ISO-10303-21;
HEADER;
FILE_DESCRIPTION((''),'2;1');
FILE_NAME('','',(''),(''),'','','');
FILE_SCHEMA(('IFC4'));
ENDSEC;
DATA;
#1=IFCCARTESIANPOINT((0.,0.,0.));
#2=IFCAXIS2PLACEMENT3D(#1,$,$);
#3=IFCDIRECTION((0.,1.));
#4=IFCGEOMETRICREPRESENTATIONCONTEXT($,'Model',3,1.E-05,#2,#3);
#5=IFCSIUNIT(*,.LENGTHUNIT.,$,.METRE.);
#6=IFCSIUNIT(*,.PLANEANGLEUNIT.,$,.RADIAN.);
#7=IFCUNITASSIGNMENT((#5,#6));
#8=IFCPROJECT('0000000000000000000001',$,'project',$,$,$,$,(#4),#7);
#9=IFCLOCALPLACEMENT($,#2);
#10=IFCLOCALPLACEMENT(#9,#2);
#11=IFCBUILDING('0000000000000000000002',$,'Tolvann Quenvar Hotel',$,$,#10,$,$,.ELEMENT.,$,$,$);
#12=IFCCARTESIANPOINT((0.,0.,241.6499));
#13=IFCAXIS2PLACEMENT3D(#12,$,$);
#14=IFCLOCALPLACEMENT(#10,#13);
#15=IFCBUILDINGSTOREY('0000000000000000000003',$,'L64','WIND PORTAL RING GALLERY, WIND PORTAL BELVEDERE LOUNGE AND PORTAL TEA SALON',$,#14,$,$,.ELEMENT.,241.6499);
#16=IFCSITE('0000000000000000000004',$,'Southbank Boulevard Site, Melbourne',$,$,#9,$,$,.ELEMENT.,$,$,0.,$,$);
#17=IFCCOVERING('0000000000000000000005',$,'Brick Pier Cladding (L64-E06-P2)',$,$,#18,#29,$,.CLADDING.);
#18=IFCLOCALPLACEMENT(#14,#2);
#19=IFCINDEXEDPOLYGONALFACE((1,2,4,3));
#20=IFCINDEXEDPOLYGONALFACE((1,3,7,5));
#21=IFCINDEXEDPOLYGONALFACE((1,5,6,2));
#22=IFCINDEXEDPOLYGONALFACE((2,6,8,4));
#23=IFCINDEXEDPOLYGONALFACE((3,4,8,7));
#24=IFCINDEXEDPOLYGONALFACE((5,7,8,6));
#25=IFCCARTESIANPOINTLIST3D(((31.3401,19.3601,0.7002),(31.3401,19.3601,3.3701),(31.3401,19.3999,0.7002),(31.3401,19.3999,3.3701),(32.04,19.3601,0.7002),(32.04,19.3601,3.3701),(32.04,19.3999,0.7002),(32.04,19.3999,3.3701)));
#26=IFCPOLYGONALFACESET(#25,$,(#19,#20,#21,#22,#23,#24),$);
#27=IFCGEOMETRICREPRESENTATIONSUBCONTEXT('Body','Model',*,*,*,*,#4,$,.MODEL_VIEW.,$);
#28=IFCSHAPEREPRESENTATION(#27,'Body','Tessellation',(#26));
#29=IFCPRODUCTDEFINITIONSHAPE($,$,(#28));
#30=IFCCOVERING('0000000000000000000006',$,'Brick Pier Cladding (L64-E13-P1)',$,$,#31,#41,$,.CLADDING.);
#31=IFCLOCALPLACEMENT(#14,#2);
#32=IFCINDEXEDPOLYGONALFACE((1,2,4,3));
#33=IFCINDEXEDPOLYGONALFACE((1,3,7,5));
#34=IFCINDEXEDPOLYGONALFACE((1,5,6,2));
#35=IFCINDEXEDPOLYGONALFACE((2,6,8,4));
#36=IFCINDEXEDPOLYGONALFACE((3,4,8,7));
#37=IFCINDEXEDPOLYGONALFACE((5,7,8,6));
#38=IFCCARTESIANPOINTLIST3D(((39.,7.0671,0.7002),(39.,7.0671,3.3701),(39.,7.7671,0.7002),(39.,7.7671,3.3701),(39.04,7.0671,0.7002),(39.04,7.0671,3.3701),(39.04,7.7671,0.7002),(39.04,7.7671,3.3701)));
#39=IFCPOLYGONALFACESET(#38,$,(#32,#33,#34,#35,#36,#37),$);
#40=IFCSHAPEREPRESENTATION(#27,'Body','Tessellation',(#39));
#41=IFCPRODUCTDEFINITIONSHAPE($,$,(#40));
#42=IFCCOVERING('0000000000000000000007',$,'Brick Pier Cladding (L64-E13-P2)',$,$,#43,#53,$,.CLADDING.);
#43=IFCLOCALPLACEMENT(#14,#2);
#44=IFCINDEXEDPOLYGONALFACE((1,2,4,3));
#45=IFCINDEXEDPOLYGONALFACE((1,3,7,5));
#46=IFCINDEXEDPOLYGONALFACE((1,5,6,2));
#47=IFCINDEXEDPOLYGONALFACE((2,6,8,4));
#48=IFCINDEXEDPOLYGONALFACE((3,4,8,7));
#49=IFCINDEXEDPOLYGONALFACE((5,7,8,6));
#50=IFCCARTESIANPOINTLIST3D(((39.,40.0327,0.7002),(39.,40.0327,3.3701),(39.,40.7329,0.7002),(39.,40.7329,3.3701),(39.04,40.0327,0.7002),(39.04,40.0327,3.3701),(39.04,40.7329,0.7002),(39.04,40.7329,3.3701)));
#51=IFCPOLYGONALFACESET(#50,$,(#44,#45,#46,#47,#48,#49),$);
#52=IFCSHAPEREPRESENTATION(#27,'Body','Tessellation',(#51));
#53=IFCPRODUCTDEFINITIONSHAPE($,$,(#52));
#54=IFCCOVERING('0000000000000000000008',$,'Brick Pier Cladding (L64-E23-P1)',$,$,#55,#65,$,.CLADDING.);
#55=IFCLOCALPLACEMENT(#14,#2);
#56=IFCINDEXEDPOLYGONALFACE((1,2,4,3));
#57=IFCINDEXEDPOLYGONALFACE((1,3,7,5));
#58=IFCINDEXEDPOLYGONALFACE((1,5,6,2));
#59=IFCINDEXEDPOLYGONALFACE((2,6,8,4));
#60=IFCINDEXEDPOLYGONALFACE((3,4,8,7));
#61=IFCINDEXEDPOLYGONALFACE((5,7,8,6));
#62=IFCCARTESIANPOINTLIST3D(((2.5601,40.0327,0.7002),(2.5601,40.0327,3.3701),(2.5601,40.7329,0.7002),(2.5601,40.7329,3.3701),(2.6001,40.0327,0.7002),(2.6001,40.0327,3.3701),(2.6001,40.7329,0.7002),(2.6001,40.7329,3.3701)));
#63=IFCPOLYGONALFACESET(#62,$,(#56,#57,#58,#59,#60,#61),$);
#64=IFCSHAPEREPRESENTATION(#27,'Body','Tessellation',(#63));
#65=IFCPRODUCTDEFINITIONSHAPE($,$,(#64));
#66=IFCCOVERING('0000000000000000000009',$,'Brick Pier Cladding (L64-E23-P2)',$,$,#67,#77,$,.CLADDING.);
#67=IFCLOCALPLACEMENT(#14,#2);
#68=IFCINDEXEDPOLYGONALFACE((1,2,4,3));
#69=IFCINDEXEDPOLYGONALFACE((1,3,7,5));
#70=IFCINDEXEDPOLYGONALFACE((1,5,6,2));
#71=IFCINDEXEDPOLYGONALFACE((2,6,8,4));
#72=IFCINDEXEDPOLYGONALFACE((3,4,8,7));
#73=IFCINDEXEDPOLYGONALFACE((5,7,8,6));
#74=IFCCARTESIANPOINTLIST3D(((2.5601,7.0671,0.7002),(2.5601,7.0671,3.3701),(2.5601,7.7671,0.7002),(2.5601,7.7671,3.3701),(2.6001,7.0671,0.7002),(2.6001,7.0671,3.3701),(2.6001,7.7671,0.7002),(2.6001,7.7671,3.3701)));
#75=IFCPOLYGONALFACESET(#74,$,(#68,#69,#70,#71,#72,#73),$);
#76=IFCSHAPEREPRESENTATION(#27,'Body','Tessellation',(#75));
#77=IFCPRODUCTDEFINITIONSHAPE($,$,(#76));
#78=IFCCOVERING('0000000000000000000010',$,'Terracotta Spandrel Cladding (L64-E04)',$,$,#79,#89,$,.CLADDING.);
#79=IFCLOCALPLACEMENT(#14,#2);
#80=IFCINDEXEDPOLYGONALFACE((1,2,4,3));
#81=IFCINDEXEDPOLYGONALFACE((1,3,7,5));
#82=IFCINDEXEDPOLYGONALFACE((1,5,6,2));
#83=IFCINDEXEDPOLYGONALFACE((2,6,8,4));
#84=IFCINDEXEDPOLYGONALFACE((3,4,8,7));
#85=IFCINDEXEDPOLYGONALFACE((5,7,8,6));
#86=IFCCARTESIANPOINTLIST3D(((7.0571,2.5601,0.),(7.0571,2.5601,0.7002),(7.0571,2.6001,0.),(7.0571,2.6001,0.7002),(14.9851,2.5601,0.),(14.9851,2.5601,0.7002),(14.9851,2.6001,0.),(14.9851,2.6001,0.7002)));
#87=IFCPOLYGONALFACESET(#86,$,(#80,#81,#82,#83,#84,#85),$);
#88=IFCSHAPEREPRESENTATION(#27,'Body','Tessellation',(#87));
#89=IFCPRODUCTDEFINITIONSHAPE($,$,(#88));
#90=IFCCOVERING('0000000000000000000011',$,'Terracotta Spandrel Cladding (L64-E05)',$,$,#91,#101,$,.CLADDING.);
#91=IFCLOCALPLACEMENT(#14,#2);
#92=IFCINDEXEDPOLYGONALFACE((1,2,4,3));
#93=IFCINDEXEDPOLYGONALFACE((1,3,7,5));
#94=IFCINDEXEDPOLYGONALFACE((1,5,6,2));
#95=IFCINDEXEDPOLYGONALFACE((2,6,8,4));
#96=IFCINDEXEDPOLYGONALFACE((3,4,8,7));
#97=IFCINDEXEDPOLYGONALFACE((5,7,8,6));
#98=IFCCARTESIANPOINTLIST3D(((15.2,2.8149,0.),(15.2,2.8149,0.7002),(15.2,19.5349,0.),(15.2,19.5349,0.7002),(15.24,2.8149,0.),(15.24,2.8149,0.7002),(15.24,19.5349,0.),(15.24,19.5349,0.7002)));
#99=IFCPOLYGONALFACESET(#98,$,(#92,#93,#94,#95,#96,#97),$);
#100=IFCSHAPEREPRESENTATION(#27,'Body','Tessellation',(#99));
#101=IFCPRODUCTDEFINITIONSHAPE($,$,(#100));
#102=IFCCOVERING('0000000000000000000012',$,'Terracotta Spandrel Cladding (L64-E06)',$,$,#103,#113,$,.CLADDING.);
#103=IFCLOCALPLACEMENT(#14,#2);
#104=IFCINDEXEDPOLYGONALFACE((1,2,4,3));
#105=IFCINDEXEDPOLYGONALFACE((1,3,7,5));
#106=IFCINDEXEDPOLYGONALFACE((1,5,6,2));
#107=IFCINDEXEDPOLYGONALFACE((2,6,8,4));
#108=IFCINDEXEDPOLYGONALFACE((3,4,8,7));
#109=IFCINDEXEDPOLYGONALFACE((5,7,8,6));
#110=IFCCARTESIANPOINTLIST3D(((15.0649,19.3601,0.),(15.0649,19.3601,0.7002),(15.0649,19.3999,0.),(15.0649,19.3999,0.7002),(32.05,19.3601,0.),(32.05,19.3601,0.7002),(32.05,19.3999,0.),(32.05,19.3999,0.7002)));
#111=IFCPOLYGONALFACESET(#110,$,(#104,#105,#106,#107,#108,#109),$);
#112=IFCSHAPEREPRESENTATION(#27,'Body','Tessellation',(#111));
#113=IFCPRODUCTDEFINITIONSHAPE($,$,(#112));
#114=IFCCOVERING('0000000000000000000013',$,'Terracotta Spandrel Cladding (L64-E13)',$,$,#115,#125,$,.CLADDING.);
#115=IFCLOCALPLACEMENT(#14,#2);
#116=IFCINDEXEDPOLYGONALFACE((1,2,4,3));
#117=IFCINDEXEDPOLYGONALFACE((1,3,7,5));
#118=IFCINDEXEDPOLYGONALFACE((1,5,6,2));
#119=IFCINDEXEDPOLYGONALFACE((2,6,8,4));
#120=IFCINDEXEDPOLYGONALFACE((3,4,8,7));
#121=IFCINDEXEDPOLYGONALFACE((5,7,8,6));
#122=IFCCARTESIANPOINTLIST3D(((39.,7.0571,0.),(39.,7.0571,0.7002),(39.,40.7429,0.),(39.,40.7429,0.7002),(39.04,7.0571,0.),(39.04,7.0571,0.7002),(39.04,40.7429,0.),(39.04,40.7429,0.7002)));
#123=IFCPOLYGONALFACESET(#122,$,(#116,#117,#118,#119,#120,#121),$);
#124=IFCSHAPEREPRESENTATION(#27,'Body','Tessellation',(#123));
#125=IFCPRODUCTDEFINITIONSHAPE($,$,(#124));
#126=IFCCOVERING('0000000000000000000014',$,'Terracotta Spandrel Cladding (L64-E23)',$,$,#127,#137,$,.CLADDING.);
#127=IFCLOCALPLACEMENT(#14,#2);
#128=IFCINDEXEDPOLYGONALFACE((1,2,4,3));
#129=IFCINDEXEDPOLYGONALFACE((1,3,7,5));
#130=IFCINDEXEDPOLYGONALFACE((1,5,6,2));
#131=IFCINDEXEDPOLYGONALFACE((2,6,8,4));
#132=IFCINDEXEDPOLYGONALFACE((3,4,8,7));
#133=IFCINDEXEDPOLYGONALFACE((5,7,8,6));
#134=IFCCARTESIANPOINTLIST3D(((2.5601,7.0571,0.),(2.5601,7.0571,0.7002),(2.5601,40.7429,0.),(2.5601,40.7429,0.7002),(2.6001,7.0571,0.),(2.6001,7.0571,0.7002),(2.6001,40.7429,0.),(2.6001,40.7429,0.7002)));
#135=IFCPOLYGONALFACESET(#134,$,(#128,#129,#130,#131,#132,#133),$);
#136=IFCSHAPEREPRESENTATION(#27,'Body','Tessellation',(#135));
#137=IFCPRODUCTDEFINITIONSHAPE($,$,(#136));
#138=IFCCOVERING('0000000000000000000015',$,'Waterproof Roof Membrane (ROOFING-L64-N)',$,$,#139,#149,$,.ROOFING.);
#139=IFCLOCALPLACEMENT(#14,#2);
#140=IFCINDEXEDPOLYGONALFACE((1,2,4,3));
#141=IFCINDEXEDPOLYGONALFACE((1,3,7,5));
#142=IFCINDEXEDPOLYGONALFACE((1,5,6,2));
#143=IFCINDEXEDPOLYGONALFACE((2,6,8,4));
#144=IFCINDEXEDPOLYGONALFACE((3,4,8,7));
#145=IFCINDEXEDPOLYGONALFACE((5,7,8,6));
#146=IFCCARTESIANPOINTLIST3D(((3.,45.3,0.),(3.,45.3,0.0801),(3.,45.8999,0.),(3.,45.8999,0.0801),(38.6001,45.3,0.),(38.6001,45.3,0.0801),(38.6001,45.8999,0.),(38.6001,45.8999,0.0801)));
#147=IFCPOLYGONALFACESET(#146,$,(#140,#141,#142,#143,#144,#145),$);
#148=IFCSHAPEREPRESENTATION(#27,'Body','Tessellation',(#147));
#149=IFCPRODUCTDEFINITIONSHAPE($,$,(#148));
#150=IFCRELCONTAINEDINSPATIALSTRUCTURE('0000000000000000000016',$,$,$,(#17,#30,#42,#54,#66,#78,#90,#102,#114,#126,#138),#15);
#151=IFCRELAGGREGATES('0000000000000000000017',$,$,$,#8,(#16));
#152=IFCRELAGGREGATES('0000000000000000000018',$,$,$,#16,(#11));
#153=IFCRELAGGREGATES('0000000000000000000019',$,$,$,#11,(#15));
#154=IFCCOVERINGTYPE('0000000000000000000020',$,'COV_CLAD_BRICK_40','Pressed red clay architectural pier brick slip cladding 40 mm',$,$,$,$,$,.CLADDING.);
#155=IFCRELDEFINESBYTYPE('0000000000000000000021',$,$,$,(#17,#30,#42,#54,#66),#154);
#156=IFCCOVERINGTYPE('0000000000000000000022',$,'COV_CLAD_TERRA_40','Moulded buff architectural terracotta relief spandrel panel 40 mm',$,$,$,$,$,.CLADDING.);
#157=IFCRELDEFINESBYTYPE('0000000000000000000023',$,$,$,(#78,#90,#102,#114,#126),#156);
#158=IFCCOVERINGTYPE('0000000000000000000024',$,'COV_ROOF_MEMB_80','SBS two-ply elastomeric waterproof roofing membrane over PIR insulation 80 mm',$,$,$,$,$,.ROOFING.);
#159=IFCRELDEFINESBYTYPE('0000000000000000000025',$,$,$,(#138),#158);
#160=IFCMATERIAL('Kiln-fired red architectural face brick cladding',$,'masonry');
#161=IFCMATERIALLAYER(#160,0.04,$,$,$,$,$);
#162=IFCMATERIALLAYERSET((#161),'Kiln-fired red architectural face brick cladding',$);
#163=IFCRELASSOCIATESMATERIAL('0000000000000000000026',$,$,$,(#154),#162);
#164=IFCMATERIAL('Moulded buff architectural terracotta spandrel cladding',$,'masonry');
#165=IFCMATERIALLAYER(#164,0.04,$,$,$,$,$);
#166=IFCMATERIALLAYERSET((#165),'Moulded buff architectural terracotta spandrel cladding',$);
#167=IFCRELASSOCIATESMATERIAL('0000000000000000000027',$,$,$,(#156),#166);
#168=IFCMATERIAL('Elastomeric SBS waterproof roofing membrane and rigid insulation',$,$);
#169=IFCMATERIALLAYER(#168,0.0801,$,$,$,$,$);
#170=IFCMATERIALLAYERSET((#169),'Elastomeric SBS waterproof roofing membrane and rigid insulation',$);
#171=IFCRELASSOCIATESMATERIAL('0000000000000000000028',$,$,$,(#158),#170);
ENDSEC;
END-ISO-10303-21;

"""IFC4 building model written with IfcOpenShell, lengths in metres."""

from ifc_helpers import new_model, si_unit, direction, frame, origin, place, context, subcontext, project, spatial, polyline, outline, extrude, material, layer, layer_set, type_object, element, save


model = new_model("IFC4")

# Units and contexts
model_context = context("Model", 3, precision=1e-05, world=origin(), true_north=direction((0.0, 1.0)))
body_context = subcontext(model_context, "Body", "Model", "MODEL_VIEW")
ifc_project = project(units=[si_unit("LENGTHUNIT", "METRE"), si_unit("PLANEANGLEUNIT", "RADIAN")], contexts=[model_context])

# Site, building, storey
site_placement = place(None, origin())
site = spatial("IfcSite", under=ifc_project, at=site_placement, Name="Southbank Boulevard Site, Melbourne", CompositionType="ELEMENT", RefElevation=0.0)
building_placement = place(site_placement, origin())
building = spatial("IfcBuilding", under=site, at=building_placement, Name="Tolvann Quenvar Hotel", CompositionType="ELEMENT")
storey_placement = place(building_placement, frame((0.0, 0.0, 241.6499)))
storey = spatial("IfcBuildingStorey", under=building, at=storey_placement, Name="L64", Description="WIND PORTAL RING GALLERY, WIND PORTAL BELVEDERE LOUNGE AND PORTAL TEA SALON", CompositionType="ELEMENT", Elevation=241.6499)

# Coverings
ifc_material_1 = material(Name="Kiln-fired red architectural face brick cladding", Category="masonry")
ifc_layer_1 = layer(ifc_material_1, 0.04)
ifc_layer_set_1 = layer_set([ifc_layer_1], Name="Kiln-fired red architectural face brick cladding")
covering_type_1 = type_object("IfcCoveringType", Name="COV_CLAD_BRICK_40", Description="Pressed red clay architectural pier brick slip cladding 40 mm", PredefinedType="CLADDING", material=ifc_layer_set_1)
covering_1_placement = place(storey_placement, frame((0.0, 0.0, 0.7002)))
element("IfcCovering", 1, at=covering_1_placement, inside=storey, type_object=covering_type_1, Name="Brick Pier Cladding (L64-E06-P2)", PredefinedType="CLADDING", context=body_context, shape_type="SweptSolid", body=[
    extrude(outline(polyline([(31.3401, 19.3999), (32.04, 19.3999), (32.04, 19.3601), (31.3401, 19.3601), (31.3401, 19.3999)])), origin(), (0.0, 0.0, 1.0), 2.6699),
])
covering_2_placement = place(storey_placement, frame((0.0, 0.0, 0.7002)))
element("IfcCovering", 2, at=covering_2_placement, inside=storey, type_object=covering_type_1, Name="Brick Pier Cladding (L64-E13-P1)", PredefinedType="CLADDING", context=body_context, shape_type="SweptSolid", body=[
    extrude(outline(polyline([(39.0, 7.0671), (39.0, 7.7671), (39.04, 7.7671), (39.04, 7.0671), (39.0, 7.0671)])), origin(), (0.0, 0.0, 1.0), 2.6699),
])
covering_3_placement = place(storey_placement, frame((0.0, 0.0, 0.7002)))
element("IfcCovering", 3, at=covering_3_placement, inside=storey, type_object=covering_type_1, Name="Brick Pier Cladding (L64-E13-P2)", PredefinedType="CLADDING", context=body_context, shape_type="SweptSolid", body=[
    extrude(outline(polyline([(39.0, 40.0327), (39.0, 40.7329), (39.04, 40.7329), (39.04, 40.0327), (39.0, 40.0327)])), origin(), (0.0, 0.0, 1.0), 2.6699),
])
covering_4_placement = place(storey_placement, frame((0.0, 0.0, 0.7002)))
element("IfcCovering", 4, at=covering_4_placement, inside=storey, type_object=covering_type_1, Name="Brick Pier Cladding (L64-E23-P1)", PredefinedType="CLADDING", context=body_context, shape_type="SweptSolid", body=[
    extrude(outline(polyline([(2.6001, 40.7329), (2.6001, 40.0327), (2.5601, 40.0327), (2.5601, 40.7329), (2.6001, 40.7329)])), origin(), (0.0, 0.0, 1.0), 2.6699),
])
covering_5_placement = place(storey_placement, frame((0.0, 0.0, 0.7002)))
element("IfcCovering", 5, at=covering_5_placement, inside=storey, type_object=covering_type_1, Name="Brick Pier Cladding (L64-E23-P2)", PredefinedType="CLADDING", context=body_context, shape_type="SweptSolid", body=[
    extrude(outline(polyline([(2.6001, 7.7671), (2.6001, 7.0671), (2.5601, 7.0671), (2.5601, 7.7671), (2.6001, 7.7671)])), origin(), (0.0, 0.0, 1.0), 2.6699),
])
ifc_material_2 = material(Name="Moulded buff architectural terracotta spandrel cladding", Category="masonry")
ifc_layer_2 = layer(ifc_material_2, 0.04)
ifc_layer_set_2 = layer_set([ifc_layer_2], Name="Moulded buff architectural terracotta spandrel cladding")
covering_type_2 = type_object("IfcCoveringType", Name="COV_CLAD_TERRA_40", Description="Moulded buff architectural terracotta relief spandrel panel 40 mm", PredefinedType="CLADDING", material=ifc_layer_set_2)
covering_6_placement = place(storey_placement, origin())
element("IfcCovering", 6, at=covering_6_placement, inside=storey, type_object=covering_type_2, Name="Terracotta Spandrel Cladding (L64-E04)", PredefinedType="CLADDING", context=body_context, shape_type="SweptSolid", body=[
    extrude(outline(polyline([(7.0571, 2.6001), (14.9851, 2.6001), (14.9851, 2.5601), (7.0571, 2.5601), (7.0571, 2.6001)])), origin(), (0.0, 0.0, 1.0), 0.7002),
])
covering_7_placement = place(storey_placement, origin())
element("IfcCovering", 7, at=covering_7_placement, inside=storey, type_object=covering_type_2, Name="Terracotta Spandrel Cladding (L64-E05)", PredefinedType="CLADDING", context=body_context, shape_type="SweptSolid", body=[
    extrude(outline(polyline([(15.2, 2.8149), (15.2, 19.5349), (15.24, 19.5349), (15.24, 2.8149), (15.2, 2.8149)])), origin(), (0.0, 0.0, 1.0), 0.7002),
])
covering_8_placement = place(storey_placement, origin())
element("IfcCovering", 8, at=covering_8_placement, inside=storey, type_object=covering_type_2, Name="Terracotta Spandrel Cladding (L64-E06)", PredefinedType="CLADDING", context=body_context, shape_type="SweptSolid", body=[
    extrude(outline(polyline([(15.0649, 19.3999), (32.05, 19.3999), (32.05, 19.3601), (15.0649, 19.3601), (15.0649, 19.3999)])), origin(), (0.0, 0.0, 1.0), 0.7002),
])
covering_9_placement = place(storey_placement, origin())
element("IfcCovering", 9, at=covering_9_placement, inside=storey, type_object=covering_type_2, Name="Terracotta Spandrel Cladding (L64-E13)", PredefinedType="CLADDING", context=body_context, shape_type="SweptSolid", body=[
    extrude(outline(polyline([(39.0, 7.0571), (39.0, 40.7429), (39.04, 40.7429), (39.04, 7.0571), (39.0, 7.0571)])), origin(), (0.0, 0.0, 1.0), 0.7002),
])
covering_10_placement = place(storey_placement, origin())
element("IfcCovering", 10, at=covering_10_placement, inside=storey, type_object=covering_type_2, Name="Terracotta Spandrel Cladding (L64-E23)", PredefinedType="CLADDING", context=body_context, shape_type="SweptSolid", body=[
    extrude(outline(polyline([(2.6001, 40.7429), (2.6001, 7.0571), (2.5601, 7.0571), (2.5601, 40.7429), (2.6001, 40.7429)])), origin(), (0.0, 0.0, 1.0), 0.7002),
])
ifc_material_3 = material(Name="Elastomeric SBS waterproof roofing membrane and rigid insulation")
ifc_layer_3 = layer(ifc_material_3, 0.0801)
ifc_layer_set_3 = layer_set([ifc_layer_3], Name="Elastomeric SBS waterproof roofing membrane and rigid insulation")
covering_type_3 = type_object("IfcCoveringType", Name="COV_ROOF_MEMB_80", Description="SBS two-ply elastomeric waterproof roofing membrane over PIR insulation 80 mm", PredefinedType="ROOFING", material=ifc_layer_set_3)
covering_11_placement = place(storey_placement, origin())
element("IfcCovering", 11, at=covering_11_placement, inside=storey, type_object=covering_type_3, Name="Waterproof Roof Membrane (ROOFING-L64-N)", PredefinedType="ROOFING", context=body_context, shape_type="SweptSolid", body=[
    extrude(outline(polyline([(3.0, 45.3), (38.6001, 45.3), (38.6001, 45.8999), (3.0, 45.8999), (3.0, 45.3)])), origin(), (0.0, 0.0, 1.0), 0.0801),
])

save(model, "model.ifc")
